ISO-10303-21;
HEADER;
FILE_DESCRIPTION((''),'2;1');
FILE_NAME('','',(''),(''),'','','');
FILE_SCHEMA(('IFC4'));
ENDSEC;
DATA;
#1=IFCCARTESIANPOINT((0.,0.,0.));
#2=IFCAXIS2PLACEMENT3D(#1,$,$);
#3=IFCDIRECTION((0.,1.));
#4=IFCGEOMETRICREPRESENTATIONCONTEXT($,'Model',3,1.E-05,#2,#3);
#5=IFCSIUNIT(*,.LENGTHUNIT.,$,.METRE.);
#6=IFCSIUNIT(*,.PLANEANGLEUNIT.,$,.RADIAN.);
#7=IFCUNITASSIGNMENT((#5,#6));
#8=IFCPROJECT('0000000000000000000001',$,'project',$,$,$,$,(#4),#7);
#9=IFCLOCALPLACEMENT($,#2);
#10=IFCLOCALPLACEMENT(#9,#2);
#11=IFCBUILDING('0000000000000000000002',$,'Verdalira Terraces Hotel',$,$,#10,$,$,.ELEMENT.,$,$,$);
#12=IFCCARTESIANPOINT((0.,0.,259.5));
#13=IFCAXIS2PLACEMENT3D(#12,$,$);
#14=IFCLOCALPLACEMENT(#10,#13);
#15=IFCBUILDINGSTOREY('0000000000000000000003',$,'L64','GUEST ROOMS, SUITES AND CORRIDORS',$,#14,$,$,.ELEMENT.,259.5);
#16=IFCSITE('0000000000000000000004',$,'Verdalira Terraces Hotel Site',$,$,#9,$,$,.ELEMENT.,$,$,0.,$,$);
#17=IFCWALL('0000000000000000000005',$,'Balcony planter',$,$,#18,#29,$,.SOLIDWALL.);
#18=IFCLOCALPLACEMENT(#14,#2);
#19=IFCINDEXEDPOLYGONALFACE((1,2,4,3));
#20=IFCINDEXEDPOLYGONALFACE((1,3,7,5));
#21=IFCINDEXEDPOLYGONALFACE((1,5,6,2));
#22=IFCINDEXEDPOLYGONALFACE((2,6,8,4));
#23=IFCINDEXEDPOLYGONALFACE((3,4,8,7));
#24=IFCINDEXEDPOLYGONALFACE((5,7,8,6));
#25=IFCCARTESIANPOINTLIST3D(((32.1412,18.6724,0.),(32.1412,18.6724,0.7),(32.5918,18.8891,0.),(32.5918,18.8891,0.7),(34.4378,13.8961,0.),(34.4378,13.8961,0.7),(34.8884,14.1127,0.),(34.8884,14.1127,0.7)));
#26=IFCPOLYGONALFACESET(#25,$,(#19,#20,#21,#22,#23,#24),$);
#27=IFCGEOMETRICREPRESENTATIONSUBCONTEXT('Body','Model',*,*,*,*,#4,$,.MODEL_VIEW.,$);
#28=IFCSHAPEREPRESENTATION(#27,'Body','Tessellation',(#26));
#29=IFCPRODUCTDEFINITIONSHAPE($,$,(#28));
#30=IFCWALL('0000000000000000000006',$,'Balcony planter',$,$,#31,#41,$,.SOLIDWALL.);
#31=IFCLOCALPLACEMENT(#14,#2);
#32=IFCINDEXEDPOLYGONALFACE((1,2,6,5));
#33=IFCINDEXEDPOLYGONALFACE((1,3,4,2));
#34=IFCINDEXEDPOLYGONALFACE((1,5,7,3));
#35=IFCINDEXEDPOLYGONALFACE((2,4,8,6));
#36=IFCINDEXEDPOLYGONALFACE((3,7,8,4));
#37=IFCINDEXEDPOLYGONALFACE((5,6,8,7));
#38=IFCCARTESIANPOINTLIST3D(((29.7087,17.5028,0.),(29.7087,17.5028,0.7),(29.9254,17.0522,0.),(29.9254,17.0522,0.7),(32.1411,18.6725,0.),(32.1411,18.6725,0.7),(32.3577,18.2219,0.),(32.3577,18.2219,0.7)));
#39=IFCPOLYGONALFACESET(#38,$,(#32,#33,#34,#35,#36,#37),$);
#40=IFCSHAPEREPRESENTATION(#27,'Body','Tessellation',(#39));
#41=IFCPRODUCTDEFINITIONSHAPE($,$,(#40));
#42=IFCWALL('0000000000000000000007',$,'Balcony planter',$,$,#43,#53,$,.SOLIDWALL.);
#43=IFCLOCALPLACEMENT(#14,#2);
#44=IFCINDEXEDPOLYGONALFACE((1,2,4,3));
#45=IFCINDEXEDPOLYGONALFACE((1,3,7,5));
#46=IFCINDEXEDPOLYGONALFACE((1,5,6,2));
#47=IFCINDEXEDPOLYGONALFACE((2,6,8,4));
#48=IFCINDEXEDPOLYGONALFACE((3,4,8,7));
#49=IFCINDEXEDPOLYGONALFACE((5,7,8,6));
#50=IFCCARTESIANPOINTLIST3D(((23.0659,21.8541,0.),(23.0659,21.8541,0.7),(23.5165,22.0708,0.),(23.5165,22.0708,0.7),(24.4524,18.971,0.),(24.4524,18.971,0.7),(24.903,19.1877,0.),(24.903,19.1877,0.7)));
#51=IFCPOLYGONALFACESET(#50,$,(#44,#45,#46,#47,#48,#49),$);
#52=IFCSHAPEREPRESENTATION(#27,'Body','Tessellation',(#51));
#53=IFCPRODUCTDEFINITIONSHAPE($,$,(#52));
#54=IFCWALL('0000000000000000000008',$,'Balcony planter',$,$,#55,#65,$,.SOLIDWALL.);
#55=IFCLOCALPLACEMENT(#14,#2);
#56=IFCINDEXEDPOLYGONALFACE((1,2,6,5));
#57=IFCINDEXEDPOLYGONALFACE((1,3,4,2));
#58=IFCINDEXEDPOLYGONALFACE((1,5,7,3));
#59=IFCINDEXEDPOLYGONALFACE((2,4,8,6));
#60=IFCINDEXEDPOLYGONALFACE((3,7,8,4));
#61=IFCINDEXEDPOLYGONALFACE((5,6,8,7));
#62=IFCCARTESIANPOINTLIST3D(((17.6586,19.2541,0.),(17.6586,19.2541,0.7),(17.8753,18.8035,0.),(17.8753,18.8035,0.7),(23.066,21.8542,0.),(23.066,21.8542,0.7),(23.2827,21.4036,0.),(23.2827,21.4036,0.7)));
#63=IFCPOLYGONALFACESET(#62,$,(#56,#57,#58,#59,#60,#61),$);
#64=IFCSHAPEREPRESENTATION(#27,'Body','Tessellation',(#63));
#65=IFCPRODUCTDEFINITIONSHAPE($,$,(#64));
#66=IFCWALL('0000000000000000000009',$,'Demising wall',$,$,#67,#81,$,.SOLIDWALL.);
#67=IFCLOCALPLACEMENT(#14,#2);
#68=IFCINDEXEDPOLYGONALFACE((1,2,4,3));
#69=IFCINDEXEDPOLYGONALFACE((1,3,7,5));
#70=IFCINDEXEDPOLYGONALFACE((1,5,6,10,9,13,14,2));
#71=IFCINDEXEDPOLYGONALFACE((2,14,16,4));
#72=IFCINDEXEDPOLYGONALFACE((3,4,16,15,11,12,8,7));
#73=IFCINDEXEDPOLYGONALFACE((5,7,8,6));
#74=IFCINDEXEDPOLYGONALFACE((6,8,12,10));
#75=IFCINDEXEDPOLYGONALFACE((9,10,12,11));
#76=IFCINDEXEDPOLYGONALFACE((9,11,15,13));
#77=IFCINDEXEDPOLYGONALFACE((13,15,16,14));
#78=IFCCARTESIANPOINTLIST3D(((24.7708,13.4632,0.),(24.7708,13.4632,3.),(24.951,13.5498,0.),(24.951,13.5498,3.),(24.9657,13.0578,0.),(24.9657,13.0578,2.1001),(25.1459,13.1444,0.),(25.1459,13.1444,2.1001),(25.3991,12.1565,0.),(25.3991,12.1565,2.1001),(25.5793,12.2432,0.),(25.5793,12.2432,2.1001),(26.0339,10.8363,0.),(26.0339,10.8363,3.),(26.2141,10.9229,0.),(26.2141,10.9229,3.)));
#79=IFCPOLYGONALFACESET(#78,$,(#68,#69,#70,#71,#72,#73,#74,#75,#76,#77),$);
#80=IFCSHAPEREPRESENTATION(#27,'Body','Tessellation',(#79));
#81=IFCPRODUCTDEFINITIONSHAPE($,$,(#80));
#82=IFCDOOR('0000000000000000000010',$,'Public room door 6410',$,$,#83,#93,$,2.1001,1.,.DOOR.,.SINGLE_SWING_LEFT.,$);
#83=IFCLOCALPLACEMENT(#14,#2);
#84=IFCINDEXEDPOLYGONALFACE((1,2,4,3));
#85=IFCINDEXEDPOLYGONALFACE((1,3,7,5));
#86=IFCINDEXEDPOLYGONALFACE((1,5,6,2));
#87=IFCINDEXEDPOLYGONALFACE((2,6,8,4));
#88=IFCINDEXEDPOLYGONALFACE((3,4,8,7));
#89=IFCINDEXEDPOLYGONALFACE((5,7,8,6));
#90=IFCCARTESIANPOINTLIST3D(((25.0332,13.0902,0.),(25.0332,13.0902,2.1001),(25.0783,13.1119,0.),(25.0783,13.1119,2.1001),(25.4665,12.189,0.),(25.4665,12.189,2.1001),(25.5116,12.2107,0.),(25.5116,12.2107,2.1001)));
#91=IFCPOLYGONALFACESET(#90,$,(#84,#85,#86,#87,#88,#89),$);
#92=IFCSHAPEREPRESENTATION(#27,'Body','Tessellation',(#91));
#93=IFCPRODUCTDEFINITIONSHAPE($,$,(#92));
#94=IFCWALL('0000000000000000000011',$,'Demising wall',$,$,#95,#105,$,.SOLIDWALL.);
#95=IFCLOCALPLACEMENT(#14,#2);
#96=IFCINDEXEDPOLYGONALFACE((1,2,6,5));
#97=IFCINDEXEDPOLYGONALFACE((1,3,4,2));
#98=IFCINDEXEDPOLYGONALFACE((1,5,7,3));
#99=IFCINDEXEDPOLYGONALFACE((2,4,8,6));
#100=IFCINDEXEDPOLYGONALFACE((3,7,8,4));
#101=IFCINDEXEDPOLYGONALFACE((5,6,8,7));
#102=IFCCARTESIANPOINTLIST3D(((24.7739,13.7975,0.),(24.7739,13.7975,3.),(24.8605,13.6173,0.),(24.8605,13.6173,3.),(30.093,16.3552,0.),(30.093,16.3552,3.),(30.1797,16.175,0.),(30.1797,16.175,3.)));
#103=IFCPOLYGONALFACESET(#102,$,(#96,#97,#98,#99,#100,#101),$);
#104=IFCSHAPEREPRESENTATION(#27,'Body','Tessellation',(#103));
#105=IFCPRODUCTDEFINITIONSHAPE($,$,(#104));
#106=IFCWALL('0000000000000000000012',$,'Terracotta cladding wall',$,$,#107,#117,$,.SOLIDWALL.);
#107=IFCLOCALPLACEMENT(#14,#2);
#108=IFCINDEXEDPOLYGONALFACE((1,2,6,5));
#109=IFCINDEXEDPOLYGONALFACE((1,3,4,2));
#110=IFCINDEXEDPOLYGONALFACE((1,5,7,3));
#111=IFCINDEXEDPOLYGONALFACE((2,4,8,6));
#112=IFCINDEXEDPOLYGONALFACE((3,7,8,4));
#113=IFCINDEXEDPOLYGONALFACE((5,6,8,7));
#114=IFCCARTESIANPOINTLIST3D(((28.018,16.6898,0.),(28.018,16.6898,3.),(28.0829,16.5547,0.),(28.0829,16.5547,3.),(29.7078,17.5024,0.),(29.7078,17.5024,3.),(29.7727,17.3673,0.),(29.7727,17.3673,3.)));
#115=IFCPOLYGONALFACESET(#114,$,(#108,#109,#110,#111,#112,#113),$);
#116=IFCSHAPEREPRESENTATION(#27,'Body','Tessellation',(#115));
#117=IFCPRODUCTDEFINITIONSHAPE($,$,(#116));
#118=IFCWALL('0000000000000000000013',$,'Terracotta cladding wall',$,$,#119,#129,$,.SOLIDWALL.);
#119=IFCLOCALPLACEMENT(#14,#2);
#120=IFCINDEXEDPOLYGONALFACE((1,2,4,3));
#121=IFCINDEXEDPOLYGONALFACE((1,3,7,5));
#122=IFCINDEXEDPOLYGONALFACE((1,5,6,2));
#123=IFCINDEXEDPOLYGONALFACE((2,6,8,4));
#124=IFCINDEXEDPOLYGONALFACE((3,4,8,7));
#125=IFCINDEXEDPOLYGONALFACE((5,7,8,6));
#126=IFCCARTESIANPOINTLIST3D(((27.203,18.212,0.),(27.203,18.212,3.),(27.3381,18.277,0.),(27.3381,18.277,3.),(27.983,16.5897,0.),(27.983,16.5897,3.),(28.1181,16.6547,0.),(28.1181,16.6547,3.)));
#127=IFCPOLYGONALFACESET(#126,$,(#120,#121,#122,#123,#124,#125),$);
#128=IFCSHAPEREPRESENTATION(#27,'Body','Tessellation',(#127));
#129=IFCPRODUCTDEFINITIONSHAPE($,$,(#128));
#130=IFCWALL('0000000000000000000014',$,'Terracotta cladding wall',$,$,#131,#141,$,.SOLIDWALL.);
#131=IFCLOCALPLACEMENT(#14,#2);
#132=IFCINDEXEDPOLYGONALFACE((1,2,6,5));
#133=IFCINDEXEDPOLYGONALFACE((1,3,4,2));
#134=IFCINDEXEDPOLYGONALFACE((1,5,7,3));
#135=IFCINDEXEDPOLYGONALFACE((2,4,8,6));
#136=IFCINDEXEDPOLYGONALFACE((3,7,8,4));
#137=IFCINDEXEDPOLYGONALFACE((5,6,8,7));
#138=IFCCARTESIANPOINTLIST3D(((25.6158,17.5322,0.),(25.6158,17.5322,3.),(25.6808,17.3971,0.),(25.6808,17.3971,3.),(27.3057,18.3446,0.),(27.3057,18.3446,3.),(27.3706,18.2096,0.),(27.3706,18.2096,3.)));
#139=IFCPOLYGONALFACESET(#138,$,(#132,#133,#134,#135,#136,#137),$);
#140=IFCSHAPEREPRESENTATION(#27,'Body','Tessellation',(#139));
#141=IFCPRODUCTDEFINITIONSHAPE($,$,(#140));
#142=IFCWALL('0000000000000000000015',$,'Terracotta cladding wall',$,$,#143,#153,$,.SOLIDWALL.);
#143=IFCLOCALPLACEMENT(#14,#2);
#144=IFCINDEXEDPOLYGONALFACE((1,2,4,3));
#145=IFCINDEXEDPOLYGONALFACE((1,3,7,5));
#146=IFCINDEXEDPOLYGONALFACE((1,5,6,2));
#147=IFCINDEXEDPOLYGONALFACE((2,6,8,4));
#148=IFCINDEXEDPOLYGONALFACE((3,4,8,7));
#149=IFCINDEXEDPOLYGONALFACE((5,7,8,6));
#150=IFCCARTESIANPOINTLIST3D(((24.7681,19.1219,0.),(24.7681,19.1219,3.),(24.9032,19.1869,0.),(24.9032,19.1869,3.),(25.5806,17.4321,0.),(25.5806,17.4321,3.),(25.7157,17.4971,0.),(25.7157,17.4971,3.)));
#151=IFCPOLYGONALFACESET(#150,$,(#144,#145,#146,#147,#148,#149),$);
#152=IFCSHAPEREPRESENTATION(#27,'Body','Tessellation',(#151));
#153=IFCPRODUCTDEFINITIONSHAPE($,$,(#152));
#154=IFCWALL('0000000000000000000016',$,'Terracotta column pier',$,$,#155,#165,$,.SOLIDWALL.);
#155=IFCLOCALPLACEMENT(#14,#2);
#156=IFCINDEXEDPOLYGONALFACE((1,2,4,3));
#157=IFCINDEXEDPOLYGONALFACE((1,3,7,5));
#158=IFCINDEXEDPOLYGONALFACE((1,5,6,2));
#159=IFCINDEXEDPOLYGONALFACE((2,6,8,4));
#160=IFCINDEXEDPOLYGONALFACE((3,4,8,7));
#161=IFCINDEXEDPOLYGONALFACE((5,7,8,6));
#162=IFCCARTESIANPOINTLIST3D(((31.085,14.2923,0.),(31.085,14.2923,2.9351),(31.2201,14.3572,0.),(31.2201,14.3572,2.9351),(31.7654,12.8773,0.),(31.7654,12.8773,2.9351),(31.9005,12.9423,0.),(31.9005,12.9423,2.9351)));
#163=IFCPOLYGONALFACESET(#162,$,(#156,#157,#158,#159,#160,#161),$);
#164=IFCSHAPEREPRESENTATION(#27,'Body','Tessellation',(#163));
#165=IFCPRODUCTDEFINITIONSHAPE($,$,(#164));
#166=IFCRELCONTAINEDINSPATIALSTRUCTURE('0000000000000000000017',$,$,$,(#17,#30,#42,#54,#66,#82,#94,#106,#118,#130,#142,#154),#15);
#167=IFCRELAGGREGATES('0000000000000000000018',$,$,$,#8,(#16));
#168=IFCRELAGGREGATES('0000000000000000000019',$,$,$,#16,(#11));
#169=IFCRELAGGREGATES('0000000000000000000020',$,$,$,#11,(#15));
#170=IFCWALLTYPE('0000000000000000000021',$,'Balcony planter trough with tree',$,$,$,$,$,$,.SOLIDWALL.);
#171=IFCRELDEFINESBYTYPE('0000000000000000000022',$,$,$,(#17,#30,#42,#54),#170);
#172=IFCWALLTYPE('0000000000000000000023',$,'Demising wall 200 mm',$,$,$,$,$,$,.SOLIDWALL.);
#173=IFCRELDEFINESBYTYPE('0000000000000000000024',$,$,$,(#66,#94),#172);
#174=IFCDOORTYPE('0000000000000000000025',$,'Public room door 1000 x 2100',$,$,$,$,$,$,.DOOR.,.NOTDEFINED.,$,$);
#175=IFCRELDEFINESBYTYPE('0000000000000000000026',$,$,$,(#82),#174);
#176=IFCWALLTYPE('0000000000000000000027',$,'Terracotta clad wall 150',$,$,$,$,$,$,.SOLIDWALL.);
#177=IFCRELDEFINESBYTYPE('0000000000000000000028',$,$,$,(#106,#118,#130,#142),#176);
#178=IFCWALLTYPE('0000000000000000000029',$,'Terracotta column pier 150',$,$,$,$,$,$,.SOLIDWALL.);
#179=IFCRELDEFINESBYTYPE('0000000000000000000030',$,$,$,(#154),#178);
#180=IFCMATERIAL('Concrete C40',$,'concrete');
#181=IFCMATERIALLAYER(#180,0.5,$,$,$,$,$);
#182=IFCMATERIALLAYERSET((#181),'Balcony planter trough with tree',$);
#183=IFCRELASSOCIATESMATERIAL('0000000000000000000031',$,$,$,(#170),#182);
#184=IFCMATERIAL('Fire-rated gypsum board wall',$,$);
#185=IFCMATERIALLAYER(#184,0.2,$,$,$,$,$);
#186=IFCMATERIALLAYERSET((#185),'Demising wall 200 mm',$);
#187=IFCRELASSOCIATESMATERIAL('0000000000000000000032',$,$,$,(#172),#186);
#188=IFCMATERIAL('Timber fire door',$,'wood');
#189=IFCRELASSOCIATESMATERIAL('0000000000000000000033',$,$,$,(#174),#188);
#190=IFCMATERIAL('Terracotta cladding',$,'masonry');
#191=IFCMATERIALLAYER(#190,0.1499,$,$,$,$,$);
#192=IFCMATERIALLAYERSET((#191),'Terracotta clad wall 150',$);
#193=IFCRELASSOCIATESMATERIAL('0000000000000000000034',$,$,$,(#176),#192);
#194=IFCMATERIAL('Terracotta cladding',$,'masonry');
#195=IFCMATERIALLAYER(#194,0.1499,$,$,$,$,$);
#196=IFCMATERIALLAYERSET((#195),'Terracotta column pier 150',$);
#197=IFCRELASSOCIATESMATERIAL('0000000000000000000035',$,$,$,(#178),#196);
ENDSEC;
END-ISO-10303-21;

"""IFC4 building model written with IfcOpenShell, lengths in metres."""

from ifc_helpers import new_model, si_unit, direction, frame, frame_2d, origin, place, context, subcontext, project, spatial, rectangle, extrude, material, layer, layer_set, type_object, element, fill, save


model = new_model("IFC4")

# Units and contexts
model_context = context("Model", 3, precision=1e-05, world=origin(), true_north=direction((0.0, 1.0)))
body_context = subcontext(model_context, "Body", "Model", "MODEL_VIEW")
ifc_project = project(units=[si_unit("LENGTHUNIT", "METRE"), si_unit("PLANEANGLEUNIT", "RADIAN")], contexts=[model_context])

# Site, building, storey
site_placement = place(None, origin())
site = spatial("IfcSite", under=ifc_project, at=site_placement, Name="Verdalira Terraces Hotel Site", CompositionType="ELEMENT", RefElevation=0.0)
building_placement = place(site_placement, origin())
building = spatial("IfcBuilding", under=site, at=building_placement, Name="Verdalira Terraces Hotel", CompositionType="ELEMENT")
storey_placement = place(building_placement, frame((0.0, 0.0, 259.5)))
storey = spatial("IfcBuildingStorey", under=building, at=storey_placement, Name="L64", Description="GUEST ROOMS, SUITES AND CORRIDORS", CompositionType="ELEMENT", Elevation=259.5)

# Walls
ifc_material_1 = material(Name="Concrete C40", Category="concrete")
ifc_layer_1 = layer(ifc_material_1, 0.5)
ifc_layer_set_1 = layer_set([ifc_layer_1], Name="Balcony planter trough with tree")
wall_type_1 = type_object("IfcWallType", Name="Balcony planter trough with tree", PredefinedType="SOLIDWALL", material=ifc_layer_set_1)
wall_1_placement = place(storey_placement, frame((34.6631, 14.0044, 0.0), z_axis=(0.0, 0.0, 1.0), x_axis=(-0.43334, 0.90123, 0.0)))
element("IfcWall", 1, at=wall_1_placement, inside=storey, type_object=wall_type_1, Name="Balcony planter", PredefinedType="SOLIDWALL", context=body_context, shape_type="SweptSolid", body=[
    extrude(rectangle(XDim=5.2998, YDim=0.5, at=frame_2d((2.6499, 0.0))), origin(), (0.0, 0.0, 1.0), 0.7),
])
wall_2_placement = place(storey_placement, frame((32.2495, 18.4473, 0.0), z_axis=(0.0, 0.0, 1.0), x_axis=(-0.901214, -0.433375, 0.0)))
element("IfcWall", 2, at=wall_2_placement, inside=storey, type_object=wall_type_1, Name="Balcony planter", PredefinedType="SOLIDWALL", context=body_context, shape_type="SweptSolid", body=[
    extrude(rectangle(XDim=2.699, YDim=0.5, at=frame_2d((1.3496, 0.0))), origin(), (0.0, 0.0, 1.0), 0.7),
])
wall_3_placement = place(storey_placement, frame((24.6777, 19.0793, 0.0), z_axis=(0.0, 0.0, 1.0), x_axis=(-0.433393, 0.901205, 0.0)))
element("IfcWall", 3, at=wall_3_placement, inside=storey, type_object=wall_type_1, Name="Balcony planter", PredefinedType="SOLIDWALL", context=body_context, shape_type="SweptSolid", body=[
    extrude(rectangle(XDim=3.1992, YDim=0.5, at=frame_2d((1.5996, 0.0))), origin(), (0.0, 0.0, 1.0), 0.7),
])
wall_4_placement = place(storey_placement, frame((23.1743, 21.6289, 0.0), z_axis=(0.0, 0.0, 1.0), x_axis=(-0.901222, -0.433358, 0.0)))
element("IfcWall", 4, at=wall_4_placement, inside=storey, type_object=wall_type_1, Name="Balcony planter", PredefinedType="SOLIDWALL", context=body_context, shape_type="SweptSolid", body=[
    extrude(rectangle(XDim=6.0, YDim=0.5, at=frame_2d((3.0, 0.0))), origin(), (0.0, 0.0, 1.0), 0.7),
])

# Wall, opening, door
ifc_material_2 = material(Name="Fire-rated gypsum board wall")
ifc_layer_2 = layer(ifc_material_2, 0.2)
ifc_layer_set_2 = layer_set([ifc_layer_2], Name="Demising wall 200 mm")
wall_type_2 = type_object("IfcWallType", Name="Demising wall 200 mm", PredefinedType="SOLIDWALL", material=ifc_layer_set_2)
wall_5_placement = place(storey_placement, frame((24.8608, 13.5066, 0.0), z_axis=(0.0, 0.0, 1.0), x_axis=(0.433357, -0.901222, 0.0)))
wall_5 = element("IfcWall", 5, at=wall_5_placement, inside=storey, type_object=wall_type_2, Name="Demising wall", PredefinedType="SOLIDWALL", context=body_context, shape_type="SweptSolid", body=[
    extrude(rectangle(XDim=2.9148, YDim=0.2, at=frame_2d((1.4575, 0.0))), origin(), (0.0, 0.0, 1.0), 3.0),
])
opening_1_placement = place(wall_5_placement, frame((0.45, 0.0, 0.0)))
opening_1 = element("IfcOpeningElement", 6, at=opening_1_placement, cuts=wall_5, PredefinedType="OPENING", context=body_context, shape_type="SweptSolid", body=[
    extrude(rectangle(XDim=1.0, YDim=2.1001, at=frame_2d((0.5, 1.05))), frame((0.0, 0.1099, 0.0), z_axis=(0.0, -1.0, 0.0), x_axis=(1.0, 0.0, 0.0)), (0.0, 0.0, 1.0), 0.22),
])
ifc_material_3 = material(Name="Timber fire door", Category="wood")
door_type_1 = type_object("IfcDoorType", Name="Public room door 1000 x 2100", OperationType="NOTDEFINED", PredefinedType="DOOR", material=ifc_material_3)
door_1_placement = place(opening_1_placement, origin())
door_1 = element("IfcDoor", 7, at=door_1_placement, inside=storey, type_object=door_type_1, Name="Public room door 6410", OperationType="SINGLE_SWING_LEFT", OverallHeight=2.1001, OverallWidth=1.0, PredefinedType="DOOR", context=body_context, shape_type="SweptSolid", body=[
    extrude(rectangle(XDim=1.0, YDim=2.1001, at=frame_2d((0.5, 1.05))), frame((0.0, 0.0249, 0.0), z_axis=(0.0, -1.0, 0.0), x_axis=(1.0, 0.0, 0.0)), (0.0, 0.0, 1.0), 0.05),
])
fill(opening_1, door_1)

# Walls
wall_6_placement = place(storey_placement, frame((30.1365, 16.2651, 0.0), z_axis=(0.0, 0.0, 1.0), x_axis=(-0.901229, -0.433344, 0.0)))
element("IfcWall", 8, at=wall_6_placement, inside=storey, type_object=wall_type_2, Name="Demising wall", PredefinedType="SOLIDWALL", context=body_context, shape_type="SweptSolid", body=[
    extrude(rectangle(XDim=5.9021, YDim=0.2, at=frame_2d((2.9512, 0.0))), origin(), (0.0, 0.0, 1.0), 3.0),
])
ifc_material_4 = material(Name="Terracotta cladding", Category="masonry")
ifc_layer_3 = layer(ifc_material_4, 0.1499)
ifc_layer_set_3 = layer_set([ifc_layer_3], Name="Terracotta clad wall 150")
wall_type_3 = type_object("IfcWallType", Name="Terracotta clad wall 150", PredefinedType="SOLIDWALL", material=ifc_layer_set_3)
wall_7_placement = place(storey_placement, frame((29.7402, 17.4348, 0.0), z_axis=(0.0, 0.0, 1.0), x_axis=(-0.901222, -0.433357, 0.0)))
element("IfcWall", 9, at=wall_7_placement, inside=storey, type_object=wall_type_3, Name="Terracotta cladding wall", PredefinedType="SOLIDWALL", context=body_context, shape_type="SweptSolid", body=[
    extrude(rectangle(XDim=1.875, YDim=0.1499, at=frame_2d((0.9375, 0.0))), origin(), (0.0, 0.0, 1.0), 3.0),
])
wall_8_placement = place(storey_placement, frame((28.0505, 16.6223, 0.0), z_axis=(0.0, 0.0, 1.0), x_axis=(-0.433326, 0.901237, 0.0)))
element("IfcWall", 10, at=wall_8_placement, inside=storey, type_object=wall_type_3, Name="Terracotta cladding wall", PredefinedType="SOLIDWALL", context=body_context, shape_type="SweptSolid", body=[
    extrude(rectangle(XDim=1.8, YDim=0.1499, at=frame_2d((0.8999, 0.0))), origin(), (0.0, 0.0, 1.0), 3.0),
])
for number, where, z_axis, x_axis, name in (
    (11, (27.3381, 18.2771, 0.0), (0.0, 0.0, 1.0), (-0.901247, -0.433307, 0.0), "Terracotta cladding wall"),
    (12, (25.6482, 17.4646, 0.0), (0.0, 0.0, 1.0), (-0.433357, 0.901222, 0.0), "Terracotta cladding wall"),
):
    element("IfcWall", number, at=place(storey_placement, frame(where, z_axis=z_axis, x_axis=x_axis)), inside=storey, type_object=wall_type_3, Name=name, PredefinedType="SOLIDWALL", context=body_context, shape_type="SweptSolid", body=[
        extrude(rectangle(XDim=1.875, YDim=0.1499, at=frame_2d((0.9375, 0.0))), origin(), (0.0, 0.0, 1.0), 3.0),
    ])
ifc_material_5 = material(Name="Terracotta cladding", Category="masonry")
ifc_layer_4 = layer(ifc_material_5, 0.1499)
ifc_layer_set_4 = layer_set([ifc_layer_4], Name="Terracotta column pier 150")
wall_type_4 = type_object("IfcWallType", Name="Terracotta column pier 150", PredefinedType="SOLIDWALL", material=ifc_layer_set_4)
wall_9_placement = place(storey_placement, frame((31.833, 12.9097, 0.0), z_axis=(0.0, 0.0, 1.0), x_axis=(-0.433353, 0.901224, 0.0)))
element("IfcWall", 13, at=wall_9_placement, inside=storey, type_object=wall_type_4, Name="Terracotta column pier", PredefinedType="SOLIDWALL", context=body_context, shape_type="SweptSolid", body=[
    extrude(rectangle(XDim=1.5701, YDim=0.1499, at=frame_2d((0.7852, 0.0))), origin(), (0.0, 0.0, 1.0), 2.9351),
])

save(model, "model.ifc")
